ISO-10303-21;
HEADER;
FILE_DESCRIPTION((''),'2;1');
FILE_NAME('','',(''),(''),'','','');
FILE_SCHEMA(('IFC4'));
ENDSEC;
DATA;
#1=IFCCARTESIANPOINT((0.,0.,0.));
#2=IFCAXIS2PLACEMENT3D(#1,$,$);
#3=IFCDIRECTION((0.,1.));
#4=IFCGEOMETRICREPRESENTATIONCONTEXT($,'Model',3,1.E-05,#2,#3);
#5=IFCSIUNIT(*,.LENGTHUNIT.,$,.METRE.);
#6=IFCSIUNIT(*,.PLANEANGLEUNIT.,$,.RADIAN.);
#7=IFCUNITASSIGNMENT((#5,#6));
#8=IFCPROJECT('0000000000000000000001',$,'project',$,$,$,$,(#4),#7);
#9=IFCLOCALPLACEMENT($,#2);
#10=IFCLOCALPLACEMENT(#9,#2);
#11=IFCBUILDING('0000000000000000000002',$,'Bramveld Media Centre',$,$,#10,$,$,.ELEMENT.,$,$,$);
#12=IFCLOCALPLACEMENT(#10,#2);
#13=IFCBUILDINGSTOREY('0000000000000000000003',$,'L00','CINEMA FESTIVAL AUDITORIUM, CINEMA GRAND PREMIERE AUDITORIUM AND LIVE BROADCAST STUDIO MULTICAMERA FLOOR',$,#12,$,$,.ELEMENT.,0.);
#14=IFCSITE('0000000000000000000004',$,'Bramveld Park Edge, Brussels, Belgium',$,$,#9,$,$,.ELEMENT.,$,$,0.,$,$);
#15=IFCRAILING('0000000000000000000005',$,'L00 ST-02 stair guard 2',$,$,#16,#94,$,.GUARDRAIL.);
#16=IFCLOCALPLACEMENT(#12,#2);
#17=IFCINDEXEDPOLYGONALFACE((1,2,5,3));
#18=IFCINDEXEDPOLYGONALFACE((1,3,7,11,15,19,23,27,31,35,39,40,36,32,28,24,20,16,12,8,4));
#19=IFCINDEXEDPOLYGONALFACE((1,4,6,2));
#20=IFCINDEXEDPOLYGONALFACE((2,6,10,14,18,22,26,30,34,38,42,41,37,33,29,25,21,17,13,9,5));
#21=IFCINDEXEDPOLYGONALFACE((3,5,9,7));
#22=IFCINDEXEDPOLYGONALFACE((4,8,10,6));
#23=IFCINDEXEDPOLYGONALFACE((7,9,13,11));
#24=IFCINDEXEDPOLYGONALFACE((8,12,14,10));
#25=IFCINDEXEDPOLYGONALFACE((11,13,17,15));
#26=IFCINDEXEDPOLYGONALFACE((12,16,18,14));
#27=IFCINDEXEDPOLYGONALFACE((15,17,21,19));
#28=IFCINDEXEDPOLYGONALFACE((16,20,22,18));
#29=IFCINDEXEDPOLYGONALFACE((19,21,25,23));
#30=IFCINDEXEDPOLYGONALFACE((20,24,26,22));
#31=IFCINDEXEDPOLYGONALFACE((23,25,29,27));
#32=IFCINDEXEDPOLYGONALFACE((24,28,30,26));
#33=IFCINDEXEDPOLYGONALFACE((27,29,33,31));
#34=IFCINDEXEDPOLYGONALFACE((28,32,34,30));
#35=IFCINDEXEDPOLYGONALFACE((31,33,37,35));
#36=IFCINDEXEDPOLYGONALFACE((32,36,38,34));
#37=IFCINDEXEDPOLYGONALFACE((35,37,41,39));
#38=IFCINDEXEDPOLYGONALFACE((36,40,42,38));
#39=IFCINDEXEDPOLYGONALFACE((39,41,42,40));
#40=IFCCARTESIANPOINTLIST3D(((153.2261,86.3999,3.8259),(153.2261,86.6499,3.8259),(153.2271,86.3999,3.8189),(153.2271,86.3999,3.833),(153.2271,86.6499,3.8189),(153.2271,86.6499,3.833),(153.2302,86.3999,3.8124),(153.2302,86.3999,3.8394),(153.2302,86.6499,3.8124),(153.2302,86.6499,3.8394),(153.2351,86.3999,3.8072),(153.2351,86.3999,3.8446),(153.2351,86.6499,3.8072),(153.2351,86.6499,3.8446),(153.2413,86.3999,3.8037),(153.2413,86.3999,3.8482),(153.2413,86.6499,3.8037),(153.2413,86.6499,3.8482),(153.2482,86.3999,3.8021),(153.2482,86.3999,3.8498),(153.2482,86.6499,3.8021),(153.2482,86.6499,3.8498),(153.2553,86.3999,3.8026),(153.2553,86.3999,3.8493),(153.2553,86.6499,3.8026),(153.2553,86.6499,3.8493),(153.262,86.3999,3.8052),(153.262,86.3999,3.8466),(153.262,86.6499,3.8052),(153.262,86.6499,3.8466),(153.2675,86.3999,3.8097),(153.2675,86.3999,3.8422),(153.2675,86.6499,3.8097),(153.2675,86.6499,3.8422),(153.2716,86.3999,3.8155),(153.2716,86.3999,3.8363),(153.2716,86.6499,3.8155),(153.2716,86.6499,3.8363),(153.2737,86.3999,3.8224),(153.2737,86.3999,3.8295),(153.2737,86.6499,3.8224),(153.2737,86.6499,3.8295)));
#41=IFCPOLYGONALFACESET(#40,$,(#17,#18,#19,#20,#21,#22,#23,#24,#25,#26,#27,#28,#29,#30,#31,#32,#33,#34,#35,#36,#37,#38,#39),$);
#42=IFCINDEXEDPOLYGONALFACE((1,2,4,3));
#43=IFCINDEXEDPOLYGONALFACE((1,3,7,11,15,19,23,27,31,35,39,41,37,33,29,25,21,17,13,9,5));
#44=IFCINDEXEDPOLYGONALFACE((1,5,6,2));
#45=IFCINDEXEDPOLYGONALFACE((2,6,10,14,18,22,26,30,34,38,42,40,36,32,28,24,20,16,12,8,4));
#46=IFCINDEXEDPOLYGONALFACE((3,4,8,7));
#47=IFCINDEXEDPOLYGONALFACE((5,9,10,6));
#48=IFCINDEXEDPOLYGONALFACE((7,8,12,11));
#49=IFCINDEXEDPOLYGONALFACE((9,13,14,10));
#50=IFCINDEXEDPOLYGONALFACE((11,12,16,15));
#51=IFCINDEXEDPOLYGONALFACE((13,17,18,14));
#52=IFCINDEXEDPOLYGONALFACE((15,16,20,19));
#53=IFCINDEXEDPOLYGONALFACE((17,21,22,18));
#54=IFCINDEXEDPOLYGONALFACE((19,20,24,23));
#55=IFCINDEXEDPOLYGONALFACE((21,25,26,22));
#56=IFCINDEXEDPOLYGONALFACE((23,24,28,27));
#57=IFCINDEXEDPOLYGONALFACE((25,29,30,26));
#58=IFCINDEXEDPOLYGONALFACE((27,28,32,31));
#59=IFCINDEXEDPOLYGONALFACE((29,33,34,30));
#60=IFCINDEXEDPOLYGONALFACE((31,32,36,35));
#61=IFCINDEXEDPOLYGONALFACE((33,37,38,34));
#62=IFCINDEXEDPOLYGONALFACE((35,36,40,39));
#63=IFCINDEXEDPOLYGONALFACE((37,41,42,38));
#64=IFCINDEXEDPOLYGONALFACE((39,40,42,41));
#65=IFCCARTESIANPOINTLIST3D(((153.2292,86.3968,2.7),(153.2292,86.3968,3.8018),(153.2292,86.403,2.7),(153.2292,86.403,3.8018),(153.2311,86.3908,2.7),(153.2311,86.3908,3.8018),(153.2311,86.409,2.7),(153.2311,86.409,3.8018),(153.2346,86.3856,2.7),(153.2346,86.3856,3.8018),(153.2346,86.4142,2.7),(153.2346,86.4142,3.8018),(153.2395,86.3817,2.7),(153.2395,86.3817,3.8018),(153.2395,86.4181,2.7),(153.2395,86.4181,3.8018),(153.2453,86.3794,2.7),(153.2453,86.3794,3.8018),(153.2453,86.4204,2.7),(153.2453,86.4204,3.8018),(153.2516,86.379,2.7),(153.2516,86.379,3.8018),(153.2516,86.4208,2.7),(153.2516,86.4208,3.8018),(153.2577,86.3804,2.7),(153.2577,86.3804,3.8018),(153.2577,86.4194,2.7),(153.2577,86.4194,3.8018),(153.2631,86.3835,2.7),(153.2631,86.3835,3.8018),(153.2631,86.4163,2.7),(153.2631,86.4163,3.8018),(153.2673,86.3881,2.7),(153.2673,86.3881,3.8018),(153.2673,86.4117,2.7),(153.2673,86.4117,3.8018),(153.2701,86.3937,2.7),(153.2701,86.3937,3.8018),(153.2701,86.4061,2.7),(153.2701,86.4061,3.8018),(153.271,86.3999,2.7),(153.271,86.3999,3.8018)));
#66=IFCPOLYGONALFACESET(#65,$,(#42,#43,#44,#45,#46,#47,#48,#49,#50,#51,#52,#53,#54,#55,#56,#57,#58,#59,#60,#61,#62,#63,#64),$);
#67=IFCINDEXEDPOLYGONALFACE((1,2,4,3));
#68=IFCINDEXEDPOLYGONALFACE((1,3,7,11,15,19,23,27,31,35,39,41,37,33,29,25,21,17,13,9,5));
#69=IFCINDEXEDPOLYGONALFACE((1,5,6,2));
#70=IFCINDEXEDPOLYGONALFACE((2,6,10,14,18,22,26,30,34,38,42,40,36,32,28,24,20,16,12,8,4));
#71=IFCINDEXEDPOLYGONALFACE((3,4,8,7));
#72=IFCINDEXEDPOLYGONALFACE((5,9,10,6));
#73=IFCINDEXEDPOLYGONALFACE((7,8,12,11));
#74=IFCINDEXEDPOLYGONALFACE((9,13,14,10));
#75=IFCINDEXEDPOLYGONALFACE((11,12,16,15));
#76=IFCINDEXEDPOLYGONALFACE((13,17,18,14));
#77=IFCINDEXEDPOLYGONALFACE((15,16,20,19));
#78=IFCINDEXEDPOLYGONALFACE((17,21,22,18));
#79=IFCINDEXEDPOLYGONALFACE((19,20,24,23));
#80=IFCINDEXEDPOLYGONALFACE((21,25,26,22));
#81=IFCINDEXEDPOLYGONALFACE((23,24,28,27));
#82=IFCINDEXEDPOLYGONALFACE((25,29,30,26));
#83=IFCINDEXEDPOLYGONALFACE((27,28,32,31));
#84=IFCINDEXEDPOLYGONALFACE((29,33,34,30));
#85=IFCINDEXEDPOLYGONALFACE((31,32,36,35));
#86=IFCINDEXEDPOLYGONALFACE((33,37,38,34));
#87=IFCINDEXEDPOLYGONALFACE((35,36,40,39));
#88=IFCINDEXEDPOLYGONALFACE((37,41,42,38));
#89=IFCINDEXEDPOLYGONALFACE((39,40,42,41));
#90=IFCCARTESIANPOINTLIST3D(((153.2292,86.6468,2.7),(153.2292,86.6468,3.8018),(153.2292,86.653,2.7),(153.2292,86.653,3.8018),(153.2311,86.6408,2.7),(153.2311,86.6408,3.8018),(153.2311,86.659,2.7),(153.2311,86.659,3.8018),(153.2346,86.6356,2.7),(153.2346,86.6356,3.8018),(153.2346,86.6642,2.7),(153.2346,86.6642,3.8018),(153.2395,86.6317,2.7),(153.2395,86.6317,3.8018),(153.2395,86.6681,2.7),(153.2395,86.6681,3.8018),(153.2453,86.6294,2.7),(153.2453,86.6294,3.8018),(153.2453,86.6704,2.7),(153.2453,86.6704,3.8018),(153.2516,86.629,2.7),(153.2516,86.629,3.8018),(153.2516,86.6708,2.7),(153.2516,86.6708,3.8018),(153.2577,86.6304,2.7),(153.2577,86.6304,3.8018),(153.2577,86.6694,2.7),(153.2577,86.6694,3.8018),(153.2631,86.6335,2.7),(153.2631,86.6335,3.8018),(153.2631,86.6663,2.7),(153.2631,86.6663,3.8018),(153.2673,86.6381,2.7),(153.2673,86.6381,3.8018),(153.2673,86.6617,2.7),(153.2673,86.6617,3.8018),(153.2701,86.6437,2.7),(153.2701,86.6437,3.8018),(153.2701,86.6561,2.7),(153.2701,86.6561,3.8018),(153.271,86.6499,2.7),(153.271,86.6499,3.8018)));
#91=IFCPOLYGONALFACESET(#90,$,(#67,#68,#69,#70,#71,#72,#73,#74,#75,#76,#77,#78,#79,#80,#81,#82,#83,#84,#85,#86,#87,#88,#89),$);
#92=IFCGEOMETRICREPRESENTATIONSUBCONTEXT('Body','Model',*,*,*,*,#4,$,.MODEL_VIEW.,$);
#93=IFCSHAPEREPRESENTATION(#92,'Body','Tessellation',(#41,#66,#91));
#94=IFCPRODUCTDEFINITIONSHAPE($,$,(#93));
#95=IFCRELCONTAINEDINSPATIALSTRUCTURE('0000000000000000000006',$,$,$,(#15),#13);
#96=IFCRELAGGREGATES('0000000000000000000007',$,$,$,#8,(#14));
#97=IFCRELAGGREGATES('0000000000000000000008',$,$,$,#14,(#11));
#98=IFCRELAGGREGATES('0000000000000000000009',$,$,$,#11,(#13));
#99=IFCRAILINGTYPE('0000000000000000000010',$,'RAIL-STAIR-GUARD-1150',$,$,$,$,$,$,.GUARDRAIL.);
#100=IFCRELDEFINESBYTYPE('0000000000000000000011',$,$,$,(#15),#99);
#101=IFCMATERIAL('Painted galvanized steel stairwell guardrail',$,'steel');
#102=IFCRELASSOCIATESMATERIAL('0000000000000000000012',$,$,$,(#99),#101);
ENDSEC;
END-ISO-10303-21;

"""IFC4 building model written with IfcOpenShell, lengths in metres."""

from ifc_helpers import new_model, si_unit, direction, frame, origin, origin_2d, place, context, subcontext, project, spatial, circle, extrude, material, type_object, element, save


model = new_model("IFC4")

# Units and contexts
model_context = context("Model", 3, precision=1e-05, world=origin(), true_north=direction((0.0, 1.0)))
body_context = subcontext(model_context, "Body", "Model", "MODEL_VIEW")
ifc_project = project(units=[si_unit("LENGTHUNIT", "METRE"), si_unit("PLANEANGLEUNIT", "RADIAN")], contexts=[model_context])

# Site, building, storey
site_placement = place(None, origin())
site = spatial("IfcSite", under=ifc_project, at=site_placement, Name="Bramveld Park Edge, Brussels, Belgium", CompositionType="ELEMENT", RefElevation=0.0)
building_placement = place(site_placement, origin())
building = spatial("IfcBuilding", under=site, at=building_placement, Name="Bramveld Media Centre", CompositionType="ELEMENT")
storey_placement = place(building_placement, origin())
storey = spatial("IfcBuildingStorey", under=building, at=storey_placement, Name="L00", Description="CINEMA FESTIVAL AUDITORIUM, CINEMA GRAND PREMIERE AUDITORIUM AND LIVE BROADCAST STUDIO MULTICAMERA FLOOR", CompositionType="ELEMENT", Elevation=0.0)

# Railing
ifc_material_1 = material(Name="Painted galvanized steel stairwell guardrail", Category="steel")
railing_type = type_object("IfcRailingType", Name="RAIL-STAIR-GUARD-1150", PredefinedType="GUARDRAIL", material=ifc_material_1)
railing_placement = place(storey_placement, frame((153.25, 86.3999, 2.7)))
element("IfcRailing", 1, at=railing_placement, inside=storey, type_object=railing_type, Name="L00 ST-02 stair guard 2", PredefinedType="GUARDRAIL", context=body_context, shape_type="SweptSolid", body=[
    extrude(circle(Radius=0.0239, at=origin_2d()), frame((0.0, 0.0, 1.126), z_axis=(0.0, 1.0, 0.0), x_axis=(-1.0, 0.0, 0.0)), (0.0, 0.0, 1.0), 0.25),
    extrude(circle(Radius=0.021, at=origin_2d()), origin(), (0.0, 0.0, 1.0), 1.1018),
    extrude(circle(Radius=0.021, at=origin_2d()), frame((0.0, 0.25, 0.0)), (0.0, 0.0, 1.0), 1.1018),
])

save(model, "model.ifc")
